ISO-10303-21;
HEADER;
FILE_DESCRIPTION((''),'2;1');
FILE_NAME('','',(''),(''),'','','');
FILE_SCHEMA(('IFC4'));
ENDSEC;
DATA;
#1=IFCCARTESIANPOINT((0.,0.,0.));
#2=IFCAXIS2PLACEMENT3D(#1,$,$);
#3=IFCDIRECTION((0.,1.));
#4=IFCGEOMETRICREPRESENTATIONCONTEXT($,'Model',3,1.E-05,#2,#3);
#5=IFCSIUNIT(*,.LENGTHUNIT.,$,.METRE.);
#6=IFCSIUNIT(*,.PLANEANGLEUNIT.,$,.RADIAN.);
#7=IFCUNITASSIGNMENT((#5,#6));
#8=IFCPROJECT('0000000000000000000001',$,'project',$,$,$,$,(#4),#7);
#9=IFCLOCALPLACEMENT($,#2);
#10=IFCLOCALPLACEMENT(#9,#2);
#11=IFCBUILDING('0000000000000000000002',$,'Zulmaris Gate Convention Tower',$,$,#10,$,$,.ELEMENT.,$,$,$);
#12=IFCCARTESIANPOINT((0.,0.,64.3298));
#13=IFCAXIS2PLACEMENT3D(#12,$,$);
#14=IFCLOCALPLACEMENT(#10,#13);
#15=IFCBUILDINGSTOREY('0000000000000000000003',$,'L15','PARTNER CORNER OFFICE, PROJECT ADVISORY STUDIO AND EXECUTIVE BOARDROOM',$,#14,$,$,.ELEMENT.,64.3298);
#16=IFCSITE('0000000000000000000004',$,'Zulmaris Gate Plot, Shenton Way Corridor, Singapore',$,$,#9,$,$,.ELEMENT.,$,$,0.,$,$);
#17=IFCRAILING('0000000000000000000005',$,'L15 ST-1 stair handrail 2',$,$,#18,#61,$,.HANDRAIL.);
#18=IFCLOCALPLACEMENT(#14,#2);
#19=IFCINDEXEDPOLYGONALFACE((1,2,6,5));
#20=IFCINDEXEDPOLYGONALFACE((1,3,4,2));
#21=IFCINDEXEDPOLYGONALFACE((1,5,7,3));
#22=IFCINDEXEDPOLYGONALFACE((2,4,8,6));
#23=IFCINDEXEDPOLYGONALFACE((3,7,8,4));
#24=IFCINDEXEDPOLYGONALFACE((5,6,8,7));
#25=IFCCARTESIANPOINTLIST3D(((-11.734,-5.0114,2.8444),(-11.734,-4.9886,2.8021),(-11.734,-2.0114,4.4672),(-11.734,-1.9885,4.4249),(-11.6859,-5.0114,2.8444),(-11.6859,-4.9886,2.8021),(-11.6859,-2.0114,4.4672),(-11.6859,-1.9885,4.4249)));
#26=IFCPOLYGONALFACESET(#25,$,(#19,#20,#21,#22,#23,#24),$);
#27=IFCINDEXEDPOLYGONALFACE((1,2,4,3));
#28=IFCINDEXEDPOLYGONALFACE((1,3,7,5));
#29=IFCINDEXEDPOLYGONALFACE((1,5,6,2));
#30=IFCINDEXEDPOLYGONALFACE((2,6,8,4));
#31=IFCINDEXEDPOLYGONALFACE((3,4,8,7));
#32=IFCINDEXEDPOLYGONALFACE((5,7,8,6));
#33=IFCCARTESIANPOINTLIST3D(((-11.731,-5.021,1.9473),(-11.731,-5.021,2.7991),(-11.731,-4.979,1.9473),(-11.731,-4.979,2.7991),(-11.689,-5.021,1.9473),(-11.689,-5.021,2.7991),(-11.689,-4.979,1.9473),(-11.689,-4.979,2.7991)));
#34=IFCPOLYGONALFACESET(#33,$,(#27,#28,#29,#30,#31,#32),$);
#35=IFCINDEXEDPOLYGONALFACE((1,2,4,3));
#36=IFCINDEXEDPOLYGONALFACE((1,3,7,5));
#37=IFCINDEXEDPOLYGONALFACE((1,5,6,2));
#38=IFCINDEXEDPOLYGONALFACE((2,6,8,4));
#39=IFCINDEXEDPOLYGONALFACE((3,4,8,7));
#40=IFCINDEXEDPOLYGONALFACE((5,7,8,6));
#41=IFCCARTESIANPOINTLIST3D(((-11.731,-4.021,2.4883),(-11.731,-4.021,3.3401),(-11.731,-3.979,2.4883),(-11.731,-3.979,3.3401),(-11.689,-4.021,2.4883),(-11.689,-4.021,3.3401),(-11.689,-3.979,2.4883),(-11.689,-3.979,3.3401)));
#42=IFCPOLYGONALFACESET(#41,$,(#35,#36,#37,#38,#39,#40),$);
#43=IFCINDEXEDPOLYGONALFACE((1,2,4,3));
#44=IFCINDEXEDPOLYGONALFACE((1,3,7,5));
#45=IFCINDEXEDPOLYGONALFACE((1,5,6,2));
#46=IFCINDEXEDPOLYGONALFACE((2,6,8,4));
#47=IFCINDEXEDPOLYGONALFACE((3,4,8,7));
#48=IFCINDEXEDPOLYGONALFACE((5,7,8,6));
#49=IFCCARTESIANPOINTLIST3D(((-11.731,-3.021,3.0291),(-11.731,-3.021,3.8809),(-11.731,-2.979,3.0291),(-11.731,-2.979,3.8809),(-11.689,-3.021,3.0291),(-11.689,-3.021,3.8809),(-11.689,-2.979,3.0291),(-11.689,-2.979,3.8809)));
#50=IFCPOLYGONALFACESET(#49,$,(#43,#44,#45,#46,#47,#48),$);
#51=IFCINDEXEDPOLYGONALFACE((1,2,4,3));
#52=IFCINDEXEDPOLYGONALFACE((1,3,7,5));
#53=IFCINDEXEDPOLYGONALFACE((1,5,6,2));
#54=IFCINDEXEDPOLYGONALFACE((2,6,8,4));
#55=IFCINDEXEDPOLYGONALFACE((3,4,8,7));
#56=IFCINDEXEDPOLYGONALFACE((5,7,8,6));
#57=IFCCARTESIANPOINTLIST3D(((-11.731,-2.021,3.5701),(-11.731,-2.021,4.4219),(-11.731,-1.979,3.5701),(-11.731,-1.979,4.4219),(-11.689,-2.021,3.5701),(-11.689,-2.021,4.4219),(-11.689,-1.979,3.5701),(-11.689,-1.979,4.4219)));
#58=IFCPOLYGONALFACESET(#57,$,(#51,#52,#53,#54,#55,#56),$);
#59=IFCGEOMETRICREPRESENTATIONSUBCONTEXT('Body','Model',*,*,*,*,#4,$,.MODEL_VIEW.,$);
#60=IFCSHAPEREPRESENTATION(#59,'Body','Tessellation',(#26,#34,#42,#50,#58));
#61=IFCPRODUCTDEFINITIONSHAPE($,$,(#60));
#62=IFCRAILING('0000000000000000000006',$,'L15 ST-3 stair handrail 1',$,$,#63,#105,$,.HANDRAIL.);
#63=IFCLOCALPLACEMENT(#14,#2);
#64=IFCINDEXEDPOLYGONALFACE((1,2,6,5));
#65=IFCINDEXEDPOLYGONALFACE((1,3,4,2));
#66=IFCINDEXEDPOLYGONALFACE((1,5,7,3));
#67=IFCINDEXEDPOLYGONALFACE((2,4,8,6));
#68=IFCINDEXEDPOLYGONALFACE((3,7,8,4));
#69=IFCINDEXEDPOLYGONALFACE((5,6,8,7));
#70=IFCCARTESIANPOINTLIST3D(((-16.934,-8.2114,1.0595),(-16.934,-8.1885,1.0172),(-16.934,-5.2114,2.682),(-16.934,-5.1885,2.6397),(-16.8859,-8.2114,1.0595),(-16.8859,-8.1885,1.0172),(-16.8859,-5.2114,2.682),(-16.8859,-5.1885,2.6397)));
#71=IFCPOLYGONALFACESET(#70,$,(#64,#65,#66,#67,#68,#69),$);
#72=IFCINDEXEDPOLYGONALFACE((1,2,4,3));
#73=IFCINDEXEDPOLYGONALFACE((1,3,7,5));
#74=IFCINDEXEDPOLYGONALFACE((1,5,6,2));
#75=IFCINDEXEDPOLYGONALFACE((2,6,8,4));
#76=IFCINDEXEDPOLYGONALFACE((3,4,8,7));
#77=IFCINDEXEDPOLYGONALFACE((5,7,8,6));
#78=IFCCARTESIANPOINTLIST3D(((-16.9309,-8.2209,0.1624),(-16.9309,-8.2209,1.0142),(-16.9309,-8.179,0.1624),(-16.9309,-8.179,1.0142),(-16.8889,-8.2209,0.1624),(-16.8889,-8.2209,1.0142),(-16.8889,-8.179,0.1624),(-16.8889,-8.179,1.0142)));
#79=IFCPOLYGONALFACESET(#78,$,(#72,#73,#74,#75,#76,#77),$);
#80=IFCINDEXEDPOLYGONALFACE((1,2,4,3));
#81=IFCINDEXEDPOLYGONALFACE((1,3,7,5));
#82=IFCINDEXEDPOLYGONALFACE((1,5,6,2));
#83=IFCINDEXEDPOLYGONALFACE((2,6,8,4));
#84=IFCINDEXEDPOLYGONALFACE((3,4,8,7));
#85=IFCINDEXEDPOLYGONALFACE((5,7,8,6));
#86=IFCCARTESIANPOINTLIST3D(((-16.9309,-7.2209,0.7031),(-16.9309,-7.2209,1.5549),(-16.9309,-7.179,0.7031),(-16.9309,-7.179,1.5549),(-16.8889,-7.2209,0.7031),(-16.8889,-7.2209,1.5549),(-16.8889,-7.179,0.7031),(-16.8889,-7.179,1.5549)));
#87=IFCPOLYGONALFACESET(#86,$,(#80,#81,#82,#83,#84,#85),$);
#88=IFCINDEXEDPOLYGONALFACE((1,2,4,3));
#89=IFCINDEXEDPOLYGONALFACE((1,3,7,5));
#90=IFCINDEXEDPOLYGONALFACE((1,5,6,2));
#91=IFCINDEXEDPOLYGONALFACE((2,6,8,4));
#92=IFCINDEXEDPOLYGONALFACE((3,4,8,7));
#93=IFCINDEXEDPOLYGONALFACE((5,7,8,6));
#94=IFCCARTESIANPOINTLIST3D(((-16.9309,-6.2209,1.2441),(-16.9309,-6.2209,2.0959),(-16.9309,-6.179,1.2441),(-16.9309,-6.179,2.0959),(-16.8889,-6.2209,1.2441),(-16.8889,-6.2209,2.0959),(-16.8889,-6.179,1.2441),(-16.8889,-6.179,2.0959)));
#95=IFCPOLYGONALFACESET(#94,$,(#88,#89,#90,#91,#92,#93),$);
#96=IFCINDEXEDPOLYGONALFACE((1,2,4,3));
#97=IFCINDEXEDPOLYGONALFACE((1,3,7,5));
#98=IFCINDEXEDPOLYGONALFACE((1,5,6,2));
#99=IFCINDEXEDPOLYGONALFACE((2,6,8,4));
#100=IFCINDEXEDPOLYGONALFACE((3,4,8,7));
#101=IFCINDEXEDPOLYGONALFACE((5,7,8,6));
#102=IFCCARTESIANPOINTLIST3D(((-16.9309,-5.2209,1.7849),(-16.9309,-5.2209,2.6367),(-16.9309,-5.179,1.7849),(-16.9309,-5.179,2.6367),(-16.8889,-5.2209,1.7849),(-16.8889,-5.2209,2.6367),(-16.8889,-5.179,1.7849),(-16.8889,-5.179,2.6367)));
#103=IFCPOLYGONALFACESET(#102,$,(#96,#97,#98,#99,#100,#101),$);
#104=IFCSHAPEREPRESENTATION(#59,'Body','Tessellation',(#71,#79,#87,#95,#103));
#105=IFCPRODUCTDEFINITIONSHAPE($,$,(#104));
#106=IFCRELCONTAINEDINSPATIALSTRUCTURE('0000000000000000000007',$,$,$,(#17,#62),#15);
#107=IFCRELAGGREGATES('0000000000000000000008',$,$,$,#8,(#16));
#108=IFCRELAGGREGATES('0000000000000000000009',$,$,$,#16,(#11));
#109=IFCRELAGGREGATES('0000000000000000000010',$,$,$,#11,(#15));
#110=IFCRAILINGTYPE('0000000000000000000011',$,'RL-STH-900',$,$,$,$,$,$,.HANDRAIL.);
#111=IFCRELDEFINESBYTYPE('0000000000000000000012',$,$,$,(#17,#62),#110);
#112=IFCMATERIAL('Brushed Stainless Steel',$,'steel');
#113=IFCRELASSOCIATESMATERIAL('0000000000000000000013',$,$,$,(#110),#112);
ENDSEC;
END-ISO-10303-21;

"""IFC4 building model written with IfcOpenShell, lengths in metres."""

from ifc_helpers import new_model, si_unit, direction, frame, origin, origin_2d, place, context, subcontext, project, spatial, rectangle, extrude, material, type_object, element, save


model = new_model("IFC4")

# Units and contexts
model_context = context("Model", 3, precision=1e-05, world=origin(), true_north=direction((0.0, 1.0)))
body_context = subcontext(model_context, "Body", "Model", "MODEL_VIEW")
ifc_project = project(units=[si_unit("LENGTHUNIT", "METRE"), si_unit("PLANEANGLEUNIT", "RADIAN")], contexts=[model_context])

# Site, building, storey
site_placement = place(None, origin())
site = spatial("IfcSite", under=ifc_project, at=site_placement, Name="Zulmaris Gate Plot, Shenton Way Corridor, Singapore", CompositionType="ELEMENT", RefElevation=0.0)
building_placement = place(site_placement, origin())
building = spatial("IfcBuilding", under=site, at=building_placement, Name="Zulmaris Gate Convention Tower", CompositionType="ELEMENT")
storey_placement = place(building_placement, frame((0.0, 0.0, 64.3298)))
storey = spatial("IfcBuildingStorey", under=building, at=storey_placement, Name="L15", Description="PARTNER CORNER OFFICE, PROJECT ADVISORY STUDIO AND EXECUTIVE BOARDROOM", CompositionType="ELEMENT", Elevation=64.3298)

# Shared definitions
ifc_material_1 = material(Name="Brushed Stainless Steel", Category="steel")

# Railings
railing_type_1 = type_object("IfcRailingType", Name="RL-STH-900", PredefinedType="HANDRAIL", material=ifc_material_1)
railing_1_placement = place(storey_placement, frame((-11.71, -5.0, 1.9473)))
element("IfcRailing", 1, at=railing_1_placement, inside=storey, type_object=railing_type_1, Name="L15 ST-1 stair handrail 2", PredefinedType="HANDRAIL", context=body_context, shape_type="SweptSolid", body=[
    extrude(rectangle(XDim=0.0481, YDim=0.0481, at=origin_2d()), frame((0.0, 0.0, 0.876), z_axis=(0.0, 0.879562, 0.475785), x_axis=(-1.0, 0.0, 0.0)), (0.0, 0.0, 1.0), 3.4109),
    extrude(rectangle(XDim=0.042, YDim=0.042, at=origin_2d()), origin(), (0.0, 0.0, 1.0), 0.8518),
    extrude(rectangle(XDim=0.042, YDim=0.042, at=origin_2d()), frame((0.0, 1.0, 0.541)), (0.0, 0.0, 1.0), 0.8518),
    extrude(rectangle(XDim=0.042, YDim=0.042, at=origin_2d()), frame((0.0, 2.0, 1.0818)), (0.0, 0.0, 1.0), 0.8518),
    extrude(rectangle(XDim=0.042, YDim=0.042, at=origin_2d()), frame((0.0, 3.0, 1.6228)), (0.0, 0.0, 1.0), 0.8518),
])
railing_2_placement = place(storey_placement, frame((-16.9099, -8.2, 0.1624)))
element("IfcRailing", 2, at=railing_2_placement, inside=storey, type_object=railing_type_1, Name="L15 ST-3 stair handrail 1", PredefinedType="HANDRAIL", context=body_context, shape_type="SweptSolid", body=[
    extrude(rectangle(XDim=0.0481, YDim=0.0481, at=origin_2d()), frame((0.0, 0.0, 0.876), z_axis=(0.0, 0.879592, 0.47573), x_axis=(-1.0, 0.0, 0.0)), (0.0, 0.0, 1.0), 3.4106),
    extrude(rectangle(XDim=0.042, YDim=0.042, at=origin_2d()), origin(), (0.0, 0.0, 1.0), 0.8518),
    extrude(rectangle(XDim=0.042, YDim=0.042, at=origin_2d()), frame((0.0, 1.0, 0.5408)), (0.0, 0.0, 1.0), 0.8518),
    extrude(rectangle(XDim=0.042, YDim=0.042, at=origin_2d()), frame((0.0, 2.0, 1.0818)), (0.0, 0.0, 1.0), 0.8518),
    extrude(rectangle(XDim=0.042, YDim=0.042, at=origin_2d()), frame((0.0, 3.0, 1.6226)), (0.0, 0.0, 1.0), 0.8518),
])

save(model, "model.ifc")
